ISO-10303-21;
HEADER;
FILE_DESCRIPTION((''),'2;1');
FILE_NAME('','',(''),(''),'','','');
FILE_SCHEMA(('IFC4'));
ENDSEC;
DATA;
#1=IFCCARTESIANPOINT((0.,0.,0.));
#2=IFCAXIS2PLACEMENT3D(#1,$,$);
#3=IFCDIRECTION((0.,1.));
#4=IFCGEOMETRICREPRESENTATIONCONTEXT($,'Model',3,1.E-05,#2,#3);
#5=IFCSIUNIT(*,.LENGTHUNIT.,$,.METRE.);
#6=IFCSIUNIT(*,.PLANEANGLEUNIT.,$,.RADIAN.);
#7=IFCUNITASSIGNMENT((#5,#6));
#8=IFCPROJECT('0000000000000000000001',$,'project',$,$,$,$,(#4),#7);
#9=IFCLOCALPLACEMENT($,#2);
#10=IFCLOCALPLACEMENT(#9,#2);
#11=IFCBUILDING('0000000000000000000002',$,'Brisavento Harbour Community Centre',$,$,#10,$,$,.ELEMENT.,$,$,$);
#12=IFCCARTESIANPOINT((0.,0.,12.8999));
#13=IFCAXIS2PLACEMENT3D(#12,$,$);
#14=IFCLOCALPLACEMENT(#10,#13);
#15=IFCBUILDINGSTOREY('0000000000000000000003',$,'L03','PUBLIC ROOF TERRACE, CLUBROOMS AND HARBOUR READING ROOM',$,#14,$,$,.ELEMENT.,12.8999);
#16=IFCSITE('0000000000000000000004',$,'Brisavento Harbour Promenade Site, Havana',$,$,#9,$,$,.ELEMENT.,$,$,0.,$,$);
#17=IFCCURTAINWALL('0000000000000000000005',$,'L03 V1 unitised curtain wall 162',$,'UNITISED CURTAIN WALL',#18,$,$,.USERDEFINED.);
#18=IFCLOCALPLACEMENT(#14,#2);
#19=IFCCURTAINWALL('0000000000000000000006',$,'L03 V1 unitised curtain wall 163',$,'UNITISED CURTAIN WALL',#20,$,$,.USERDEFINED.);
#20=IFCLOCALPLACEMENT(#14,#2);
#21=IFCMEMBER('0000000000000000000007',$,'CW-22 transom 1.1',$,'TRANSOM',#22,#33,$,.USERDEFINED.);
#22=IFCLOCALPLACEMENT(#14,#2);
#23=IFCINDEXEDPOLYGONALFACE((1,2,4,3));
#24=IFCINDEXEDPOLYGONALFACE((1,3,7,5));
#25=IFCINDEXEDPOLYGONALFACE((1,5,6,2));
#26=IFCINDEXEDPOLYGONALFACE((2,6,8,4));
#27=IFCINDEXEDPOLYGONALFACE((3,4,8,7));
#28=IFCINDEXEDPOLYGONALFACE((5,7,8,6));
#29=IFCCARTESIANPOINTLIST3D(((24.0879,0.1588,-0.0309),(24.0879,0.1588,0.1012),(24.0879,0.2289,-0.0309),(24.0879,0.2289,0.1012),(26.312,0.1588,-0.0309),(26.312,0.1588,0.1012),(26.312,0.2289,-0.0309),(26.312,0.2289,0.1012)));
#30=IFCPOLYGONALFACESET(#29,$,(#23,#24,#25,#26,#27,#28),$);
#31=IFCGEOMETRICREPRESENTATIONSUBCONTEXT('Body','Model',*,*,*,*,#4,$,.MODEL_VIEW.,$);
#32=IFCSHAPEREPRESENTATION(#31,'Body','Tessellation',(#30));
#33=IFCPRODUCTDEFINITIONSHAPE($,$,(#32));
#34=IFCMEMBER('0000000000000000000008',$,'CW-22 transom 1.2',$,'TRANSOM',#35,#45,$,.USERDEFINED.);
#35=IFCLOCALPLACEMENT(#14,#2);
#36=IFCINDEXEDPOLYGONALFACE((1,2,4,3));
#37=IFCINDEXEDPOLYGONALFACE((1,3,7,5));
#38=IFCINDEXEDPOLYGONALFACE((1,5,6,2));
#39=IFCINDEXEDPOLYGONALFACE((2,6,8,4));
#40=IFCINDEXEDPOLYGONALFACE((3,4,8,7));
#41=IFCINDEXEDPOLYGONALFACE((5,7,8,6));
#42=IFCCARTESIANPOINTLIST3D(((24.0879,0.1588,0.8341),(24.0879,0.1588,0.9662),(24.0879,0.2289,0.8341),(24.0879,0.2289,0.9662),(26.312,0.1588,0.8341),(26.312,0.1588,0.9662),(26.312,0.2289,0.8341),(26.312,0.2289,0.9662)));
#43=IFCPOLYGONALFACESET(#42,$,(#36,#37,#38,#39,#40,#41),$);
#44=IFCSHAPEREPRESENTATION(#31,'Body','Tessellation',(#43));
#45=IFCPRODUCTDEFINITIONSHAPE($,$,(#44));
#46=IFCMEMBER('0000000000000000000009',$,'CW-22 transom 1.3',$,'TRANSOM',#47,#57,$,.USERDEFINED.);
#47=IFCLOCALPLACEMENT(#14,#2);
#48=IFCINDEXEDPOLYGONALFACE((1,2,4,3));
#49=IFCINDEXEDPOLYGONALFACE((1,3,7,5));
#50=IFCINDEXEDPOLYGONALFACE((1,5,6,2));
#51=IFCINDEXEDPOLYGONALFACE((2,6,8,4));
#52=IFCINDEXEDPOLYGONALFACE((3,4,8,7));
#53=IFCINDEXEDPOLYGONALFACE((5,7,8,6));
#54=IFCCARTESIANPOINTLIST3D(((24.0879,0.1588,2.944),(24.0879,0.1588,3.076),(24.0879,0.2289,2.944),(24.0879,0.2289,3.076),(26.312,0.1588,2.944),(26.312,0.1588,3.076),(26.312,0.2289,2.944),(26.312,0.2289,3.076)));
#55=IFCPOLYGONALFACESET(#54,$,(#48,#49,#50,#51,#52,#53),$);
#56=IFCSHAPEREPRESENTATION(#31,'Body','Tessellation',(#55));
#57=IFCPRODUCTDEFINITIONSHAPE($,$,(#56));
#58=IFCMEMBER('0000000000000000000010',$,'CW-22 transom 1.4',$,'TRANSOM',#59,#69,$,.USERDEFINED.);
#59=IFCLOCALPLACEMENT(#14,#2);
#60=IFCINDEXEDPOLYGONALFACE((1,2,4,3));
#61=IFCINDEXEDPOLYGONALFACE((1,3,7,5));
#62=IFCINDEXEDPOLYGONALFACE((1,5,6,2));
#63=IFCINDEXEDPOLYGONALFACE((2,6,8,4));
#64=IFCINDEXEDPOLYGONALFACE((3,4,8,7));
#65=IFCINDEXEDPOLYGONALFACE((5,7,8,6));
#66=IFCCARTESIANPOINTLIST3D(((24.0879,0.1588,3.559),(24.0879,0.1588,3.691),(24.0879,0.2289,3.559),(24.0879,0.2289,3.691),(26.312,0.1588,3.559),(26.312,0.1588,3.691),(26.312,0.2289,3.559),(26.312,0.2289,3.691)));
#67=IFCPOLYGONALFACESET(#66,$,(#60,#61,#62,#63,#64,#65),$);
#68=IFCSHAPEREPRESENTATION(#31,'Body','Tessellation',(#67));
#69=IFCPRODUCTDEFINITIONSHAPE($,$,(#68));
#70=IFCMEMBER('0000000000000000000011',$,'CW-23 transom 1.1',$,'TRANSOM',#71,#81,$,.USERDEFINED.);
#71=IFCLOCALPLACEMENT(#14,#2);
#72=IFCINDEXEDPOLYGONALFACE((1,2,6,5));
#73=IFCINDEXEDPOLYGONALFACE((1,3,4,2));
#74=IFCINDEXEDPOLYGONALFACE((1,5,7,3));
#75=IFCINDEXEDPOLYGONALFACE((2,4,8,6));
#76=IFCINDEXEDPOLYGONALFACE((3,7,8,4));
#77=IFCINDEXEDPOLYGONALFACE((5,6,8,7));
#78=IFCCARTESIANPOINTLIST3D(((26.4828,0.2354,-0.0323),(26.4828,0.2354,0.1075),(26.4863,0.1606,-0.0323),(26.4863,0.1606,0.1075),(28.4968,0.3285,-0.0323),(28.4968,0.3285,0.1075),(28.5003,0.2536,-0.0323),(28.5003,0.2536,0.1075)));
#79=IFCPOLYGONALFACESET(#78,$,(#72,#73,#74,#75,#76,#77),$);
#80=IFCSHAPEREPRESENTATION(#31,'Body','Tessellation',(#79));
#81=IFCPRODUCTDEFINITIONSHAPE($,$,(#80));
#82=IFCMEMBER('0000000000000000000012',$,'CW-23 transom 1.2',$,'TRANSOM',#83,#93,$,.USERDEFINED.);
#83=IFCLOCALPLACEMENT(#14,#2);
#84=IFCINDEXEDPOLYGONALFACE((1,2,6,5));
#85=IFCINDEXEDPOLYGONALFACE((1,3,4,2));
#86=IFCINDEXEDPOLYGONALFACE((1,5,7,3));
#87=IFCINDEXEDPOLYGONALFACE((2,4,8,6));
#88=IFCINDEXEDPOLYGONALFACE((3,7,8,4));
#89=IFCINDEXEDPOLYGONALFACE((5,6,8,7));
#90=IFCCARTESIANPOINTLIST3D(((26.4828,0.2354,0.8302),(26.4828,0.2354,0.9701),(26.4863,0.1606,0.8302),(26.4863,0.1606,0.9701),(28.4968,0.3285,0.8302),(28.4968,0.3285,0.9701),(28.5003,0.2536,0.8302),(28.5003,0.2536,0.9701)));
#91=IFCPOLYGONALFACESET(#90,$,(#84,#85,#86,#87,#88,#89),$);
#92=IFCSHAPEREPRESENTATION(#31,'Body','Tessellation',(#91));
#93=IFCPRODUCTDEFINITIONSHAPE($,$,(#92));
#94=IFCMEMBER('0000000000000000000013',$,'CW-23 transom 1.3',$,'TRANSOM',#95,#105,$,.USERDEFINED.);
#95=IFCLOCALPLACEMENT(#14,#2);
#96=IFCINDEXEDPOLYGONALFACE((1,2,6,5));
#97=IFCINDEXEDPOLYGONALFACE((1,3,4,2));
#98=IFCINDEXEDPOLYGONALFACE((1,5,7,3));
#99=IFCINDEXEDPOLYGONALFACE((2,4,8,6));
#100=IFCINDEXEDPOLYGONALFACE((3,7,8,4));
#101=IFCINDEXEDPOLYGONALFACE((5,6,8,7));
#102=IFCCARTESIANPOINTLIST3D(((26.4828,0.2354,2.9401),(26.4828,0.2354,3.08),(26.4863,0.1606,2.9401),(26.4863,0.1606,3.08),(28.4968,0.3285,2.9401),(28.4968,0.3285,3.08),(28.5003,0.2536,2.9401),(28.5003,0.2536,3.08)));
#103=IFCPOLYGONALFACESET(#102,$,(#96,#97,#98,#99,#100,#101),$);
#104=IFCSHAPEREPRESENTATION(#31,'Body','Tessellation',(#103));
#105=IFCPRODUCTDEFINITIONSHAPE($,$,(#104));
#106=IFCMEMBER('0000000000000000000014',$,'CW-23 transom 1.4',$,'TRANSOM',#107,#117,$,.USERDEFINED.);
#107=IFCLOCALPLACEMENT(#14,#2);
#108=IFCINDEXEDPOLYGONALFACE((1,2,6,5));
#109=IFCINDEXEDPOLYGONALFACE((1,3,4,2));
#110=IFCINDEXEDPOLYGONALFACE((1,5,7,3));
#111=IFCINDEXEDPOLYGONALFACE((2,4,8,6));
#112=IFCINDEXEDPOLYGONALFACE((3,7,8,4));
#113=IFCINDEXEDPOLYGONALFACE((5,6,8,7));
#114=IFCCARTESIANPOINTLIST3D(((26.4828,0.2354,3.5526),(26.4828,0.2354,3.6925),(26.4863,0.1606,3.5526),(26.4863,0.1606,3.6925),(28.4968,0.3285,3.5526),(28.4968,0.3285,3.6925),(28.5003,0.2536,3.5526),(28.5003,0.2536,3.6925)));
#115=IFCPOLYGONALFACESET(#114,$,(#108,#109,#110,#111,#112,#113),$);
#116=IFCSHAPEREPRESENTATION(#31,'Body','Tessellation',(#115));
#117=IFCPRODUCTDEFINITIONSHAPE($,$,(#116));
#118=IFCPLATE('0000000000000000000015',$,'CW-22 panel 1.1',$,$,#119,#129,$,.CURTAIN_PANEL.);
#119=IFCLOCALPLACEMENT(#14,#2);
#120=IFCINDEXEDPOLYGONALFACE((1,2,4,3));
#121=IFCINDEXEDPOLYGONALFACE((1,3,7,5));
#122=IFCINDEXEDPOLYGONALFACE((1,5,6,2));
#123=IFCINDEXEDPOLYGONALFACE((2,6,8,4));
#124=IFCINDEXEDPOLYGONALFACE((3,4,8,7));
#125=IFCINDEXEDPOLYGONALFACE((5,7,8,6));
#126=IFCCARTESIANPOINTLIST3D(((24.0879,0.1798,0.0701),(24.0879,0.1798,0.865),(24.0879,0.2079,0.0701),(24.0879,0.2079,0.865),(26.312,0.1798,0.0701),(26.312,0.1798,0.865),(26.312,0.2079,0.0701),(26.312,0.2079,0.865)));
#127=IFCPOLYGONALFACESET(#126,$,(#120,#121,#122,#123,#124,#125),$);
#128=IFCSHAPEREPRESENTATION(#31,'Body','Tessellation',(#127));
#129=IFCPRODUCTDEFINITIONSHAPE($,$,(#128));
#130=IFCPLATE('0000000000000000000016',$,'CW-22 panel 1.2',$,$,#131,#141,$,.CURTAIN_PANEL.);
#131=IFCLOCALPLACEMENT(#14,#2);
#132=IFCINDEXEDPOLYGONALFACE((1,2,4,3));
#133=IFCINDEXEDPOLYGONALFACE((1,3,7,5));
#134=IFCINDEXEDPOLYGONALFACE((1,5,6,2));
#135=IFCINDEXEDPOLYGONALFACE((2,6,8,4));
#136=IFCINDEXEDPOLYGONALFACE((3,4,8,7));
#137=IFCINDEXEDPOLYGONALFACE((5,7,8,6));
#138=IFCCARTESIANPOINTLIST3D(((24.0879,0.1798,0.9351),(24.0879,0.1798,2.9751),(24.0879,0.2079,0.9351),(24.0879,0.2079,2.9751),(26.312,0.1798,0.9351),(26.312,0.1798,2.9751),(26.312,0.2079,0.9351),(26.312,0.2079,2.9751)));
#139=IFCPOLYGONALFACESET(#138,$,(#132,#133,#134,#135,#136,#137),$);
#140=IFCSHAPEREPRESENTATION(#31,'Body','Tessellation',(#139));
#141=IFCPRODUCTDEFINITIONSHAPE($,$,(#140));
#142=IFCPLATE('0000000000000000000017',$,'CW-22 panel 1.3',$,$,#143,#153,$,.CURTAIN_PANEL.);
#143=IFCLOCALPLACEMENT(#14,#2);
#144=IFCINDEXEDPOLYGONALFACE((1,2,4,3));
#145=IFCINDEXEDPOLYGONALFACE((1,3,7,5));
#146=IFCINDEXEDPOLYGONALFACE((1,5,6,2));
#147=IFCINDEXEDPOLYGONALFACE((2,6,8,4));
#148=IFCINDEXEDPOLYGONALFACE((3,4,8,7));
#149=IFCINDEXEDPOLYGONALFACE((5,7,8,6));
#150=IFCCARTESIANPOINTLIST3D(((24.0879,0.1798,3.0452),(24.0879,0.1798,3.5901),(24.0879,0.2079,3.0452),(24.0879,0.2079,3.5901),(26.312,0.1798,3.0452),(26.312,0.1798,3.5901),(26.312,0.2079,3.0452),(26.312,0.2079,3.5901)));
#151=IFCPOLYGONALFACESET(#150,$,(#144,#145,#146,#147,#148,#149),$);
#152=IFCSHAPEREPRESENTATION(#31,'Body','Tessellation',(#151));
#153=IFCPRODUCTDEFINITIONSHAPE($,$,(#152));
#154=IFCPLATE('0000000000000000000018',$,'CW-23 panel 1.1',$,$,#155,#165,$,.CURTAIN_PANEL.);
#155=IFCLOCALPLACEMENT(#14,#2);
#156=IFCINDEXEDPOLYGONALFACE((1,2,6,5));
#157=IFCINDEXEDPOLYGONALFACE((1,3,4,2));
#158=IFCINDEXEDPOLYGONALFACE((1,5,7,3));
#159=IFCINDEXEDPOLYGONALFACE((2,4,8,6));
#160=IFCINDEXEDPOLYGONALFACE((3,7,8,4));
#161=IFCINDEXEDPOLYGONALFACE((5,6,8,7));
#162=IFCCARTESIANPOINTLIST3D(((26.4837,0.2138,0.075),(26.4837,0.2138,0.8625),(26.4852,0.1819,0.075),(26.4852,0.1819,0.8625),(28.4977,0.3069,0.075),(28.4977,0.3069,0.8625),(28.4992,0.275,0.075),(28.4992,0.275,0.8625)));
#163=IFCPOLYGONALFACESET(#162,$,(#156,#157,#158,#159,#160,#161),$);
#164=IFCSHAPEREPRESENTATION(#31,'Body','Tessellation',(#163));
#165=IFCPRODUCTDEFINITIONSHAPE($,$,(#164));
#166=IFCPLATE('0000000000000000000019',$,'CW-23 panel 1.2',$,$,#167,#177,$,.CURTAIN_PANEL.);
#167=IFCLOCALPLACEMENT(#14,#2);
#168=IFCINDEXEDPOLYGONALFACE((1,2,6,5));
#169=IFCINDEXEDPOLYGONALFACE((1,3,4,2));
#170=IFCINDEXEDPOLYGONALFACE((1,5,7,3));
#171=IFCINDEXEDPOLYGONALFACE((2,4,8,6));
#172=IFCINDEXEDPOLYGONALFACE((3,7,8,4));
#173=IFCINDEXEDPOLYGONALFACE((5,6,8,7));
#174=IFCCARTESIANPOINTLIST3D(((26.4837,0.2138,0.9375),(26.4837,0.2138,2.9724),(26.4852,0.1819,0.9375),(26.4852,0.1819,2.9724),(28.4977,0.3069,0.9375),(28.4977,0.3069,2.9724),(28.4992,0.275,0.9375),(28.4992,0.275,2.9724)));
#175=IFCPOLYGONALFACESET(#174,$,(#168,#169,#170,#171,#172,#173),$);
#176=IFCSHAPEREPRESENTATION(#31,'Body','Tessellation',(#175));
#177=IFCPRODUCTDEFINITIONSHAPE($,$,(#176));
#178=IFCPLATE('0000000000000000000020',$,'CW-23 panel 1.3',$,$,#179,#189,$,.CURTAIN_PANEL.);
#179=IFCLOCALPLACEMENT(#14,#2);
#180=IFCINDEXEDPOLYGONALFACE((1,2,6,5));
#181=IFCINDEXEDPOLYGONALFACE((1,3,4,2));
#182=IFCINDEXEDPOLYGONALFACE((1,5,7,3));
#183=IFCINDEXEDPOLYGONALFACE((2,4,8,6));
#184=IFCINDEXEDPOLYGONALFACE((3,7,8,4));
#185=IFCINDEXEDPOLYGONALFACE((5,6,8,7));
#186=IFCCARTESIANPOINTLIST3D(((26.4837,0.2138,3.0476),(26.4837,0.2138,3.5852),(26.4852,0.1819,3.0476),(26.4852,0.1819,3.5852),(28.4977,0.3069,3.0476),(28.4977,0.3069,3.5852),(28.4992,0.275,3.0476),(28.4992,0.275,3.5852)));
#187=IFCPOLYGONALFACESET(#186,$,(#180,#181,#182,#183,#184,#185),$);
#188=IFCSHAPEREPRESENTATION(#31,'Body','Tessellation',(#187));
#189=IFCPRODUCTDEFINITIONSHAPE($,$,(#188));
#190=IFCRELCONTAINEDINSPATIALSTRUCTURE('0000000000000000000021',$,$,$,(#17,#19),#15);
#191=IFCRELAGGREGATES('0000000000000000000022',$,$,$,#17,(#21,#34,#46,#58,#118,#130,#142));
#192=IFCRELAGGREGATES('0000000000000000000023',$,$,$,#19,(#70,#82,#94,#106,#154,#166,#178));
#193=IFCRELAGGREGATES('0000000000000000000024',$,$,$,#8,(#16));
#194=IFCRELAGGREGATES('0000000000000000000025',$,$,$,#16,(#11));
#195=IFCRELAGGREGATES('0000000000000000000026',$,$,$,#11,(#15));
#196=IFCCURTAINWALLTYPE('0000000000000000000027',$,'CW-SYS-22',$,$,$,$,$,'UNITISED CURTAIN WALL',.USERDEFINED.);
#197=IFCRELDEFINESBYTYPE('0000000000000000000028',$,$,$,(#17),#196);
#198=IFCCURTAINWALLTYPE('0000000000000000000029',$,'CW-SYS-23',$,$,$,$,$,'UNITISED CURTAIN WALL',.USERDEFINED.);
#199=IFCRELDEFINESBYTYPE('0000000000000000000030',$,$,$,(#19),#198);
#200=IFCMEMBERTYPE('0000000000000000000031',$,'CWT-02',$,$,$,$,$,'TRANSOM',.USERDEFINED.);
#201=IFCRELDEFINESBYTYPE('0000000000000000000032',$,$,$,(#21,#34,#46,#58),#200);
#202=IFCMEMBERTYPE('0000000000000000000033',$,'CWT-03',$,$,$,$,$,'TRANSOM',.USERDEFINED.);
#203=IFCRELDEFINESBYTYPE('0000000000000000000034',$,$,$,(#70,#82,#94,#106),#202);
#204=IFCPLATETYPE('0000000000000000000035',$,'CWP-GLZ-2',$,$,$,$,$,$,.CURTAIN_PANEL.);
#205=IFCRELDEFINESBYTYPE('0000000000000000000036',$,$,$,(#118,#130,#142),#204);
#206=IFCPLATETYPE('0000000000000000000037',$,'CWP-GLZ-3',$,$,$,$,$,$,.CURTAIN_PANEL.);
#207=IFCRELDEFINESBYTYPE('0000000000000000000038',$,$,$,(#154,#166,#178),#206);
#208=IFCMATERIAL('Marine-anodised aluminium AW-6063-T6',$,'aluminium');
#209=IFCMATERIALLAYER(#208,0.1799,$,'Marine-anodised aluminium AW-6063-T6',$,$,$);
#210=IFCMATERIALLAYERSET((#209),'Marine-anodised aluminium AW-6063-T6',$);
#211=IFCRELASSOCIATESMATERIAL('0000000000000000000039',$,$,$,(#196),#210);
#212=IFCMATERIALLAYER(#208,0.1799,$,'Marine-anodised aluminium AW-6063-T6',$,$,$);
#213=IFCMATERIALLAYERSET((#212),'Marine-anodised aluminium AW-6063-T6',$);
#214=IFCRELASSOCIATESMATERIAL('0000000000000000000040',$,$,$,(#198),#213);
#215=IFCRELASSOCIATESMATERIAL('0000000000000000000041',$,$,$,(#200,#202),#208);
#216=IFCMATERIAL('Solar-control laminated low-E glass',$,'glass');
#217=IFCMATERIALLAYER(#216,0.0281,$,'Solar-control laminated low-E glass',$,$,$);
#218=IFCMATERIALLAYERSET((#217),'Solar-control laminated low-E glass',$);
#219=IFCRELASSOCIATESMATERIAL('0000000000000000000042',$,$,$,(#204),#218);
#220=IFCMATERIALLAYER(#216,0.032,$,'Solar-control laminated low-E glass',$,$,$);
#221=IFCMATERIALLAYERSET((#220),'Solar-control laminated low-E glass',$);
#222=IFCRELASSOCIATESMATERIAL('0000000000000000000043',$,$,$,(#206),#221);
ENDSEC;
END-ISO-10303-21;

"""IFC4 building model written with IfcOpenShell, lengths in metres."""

from ifc_helpers import new_model, si_unit, direction, frame, origin, origin_2d, place, context, subcontext, project, spatial, rectangle, extrude, material, layer, layer_set, material_profile, profile_set, type_object, element, aggregate, save


model = new_model("IFC4")

# Units and contexts
model_context = context("Model", 3, precision=1e-05, world=origin(), true_north=direction((0.0, 1.0)))
body_context = subcontext(model_context, "Body", "Model", "MODEL_VIEW")
ifc_project = project(units=[si_unit("LENGTHUNIT", "METRE"), si_unit("PLANEANGLEUNIT", "RADIAN")], contexts=[model_context])

# Site, building, storey
site_placement = place(None, origin())
site = spatial("IfcSite", under=ifc_project, at=site_placement, Name="Brisavento Harbour Promenade Site, Havana", CompositionType="ELEMENT", RefElevation=0.0)
building_placement = place(site_placement, origin())
building = spatial("IfcBuilding", under=site, at=building_placement, Name="Brisavento Harbour Community Centre", CompositionType="ELEMENT")
storey_placement = place(building_placement, frame((0.0, 0.0, 12.8999)))
storey = spatial("IfcBuildingStorey", under=building, at=storey_placement, Name="L03", Description="PUBLIC ROOF TERRACE, CLUBROOMS AND HARBOUR READING ROOM", CompositionType="ELEMENT", Elevation=12.8999)

# Shared definitions
ifc_material_1 = material(Name="Marine-anodised aluminium AW-6063-T6", Category="aluminium")

# Curtain walls
ifc_layer_1 = layer(ifc_material_1, 0.1799, Name="Marine-anodised aluminium AW-6063-T6")
ifc_layer_set_1 = layer_set([ifc_layer_1], Name="Marine-anodised aluminium AW-6063-T6")
curtain_wall_type_1 = type_object("IfcCurtainWallType", Name="CW-SYS-22", ElementType="UNITISED CURTAIN WALL", PredefinedType="USERDEFINED", material=ifc_layer_set_1)
curtain_wall_1_placement = place(storey_placement, origin())
curtain_wall_1 = element("IfcCurtainWall", 1, at=curtain_wall_1_placement, inside=storey, type_object=curtain_wall_type_1, Name="L03 V1 unitised curtain wall 162", ObjectType="UNITISED CURTAIN WALL", PredefinedType="USERDEFINED")
ifc_layer_2 = layer(ifc_material_1, 0.1799, Name="Marine-anodised aluminium AW-6063-T6")
ifc_layer_set_2 = layer_set([ifc_layer_2], Name="Marine-anodised aluminium AW-6063-T6")
curtain_wall_type_2 = type_object("IfcCurtainWallType", Name="CW-SYS-23", ElementType="UNITISED CURTAIN WALL", PredefinedType="USERDEFINED", material=ifc_layer_set_2)
curtain_wall_2_placement = place(storey_placement, origin())
curtain_wall_2 = element("IfcCurtainWall", 2, at=curtain_wall_2_placement, inside=storey, type_object=curtain_wall_type_2, Name="L03 V1 unitised curtain wall 163", ObjectType="UNITISED CURTAIN WALL", PredefinedType="USERDEFINED")

# Members
ifc_material_profile_1 = material_profile(ifc_material_1, rectangle(XDim=0.0701, YDim=0.1321, at=origin_2d()), Name="Marine-anodised aluminium AW-6063-T6")
ifc_profile_set_1 = profile_set([ifc_material_profile_1], Name="Marine-anodised aluminium AW-6063-T6")
member_type_1 = type_object("IfcMemberType", Name="CWT-02", ElementType="TRANSOM", PredefinedType="USERDEFINED", material=ifc_profile_set_1)
member_1_placement = place(storey_placement, frame((26.312, 0.1938, 0.0352), z_axis=(-1.0, 0.0, 0.0), x_axis=(0.0, -1.0, 0.0)))
member_1 = element("IfcMember", 3, at=member_1_placement, type_object=member_type_1, Name="CW-22 transom 1.1", ObjectType="TRANSOM", PredefinedType="USERDEFINED", context=body_context, shape_type="SweptSolid", body=[
    extrude(rectangle(XDim=0.0701, YDim=0.1321, at=origin_2d()), origin(), (0.0, 0.0, 1.0), 2.2241),
])
member_2_placement = place(storey_placement, frame((26.312, 0.1938, 0.9001), z_axis=(-1.0, 0.0, 0.0), x_axis=(0.0, -1.0, 0.0)))
member_2 = element("IfcMember", 4, at=member_2_placement, type_object=member_type_1, Name="CW-22 transom 1.2", ObjectType="TRANSOM", PredefinedType="USERDEFINED", context=body_context, shape_type="SweptSolid", body=[
    extrude(rectangle(XDim=0.0701, YDim=0.1321, at=origin_2d()), origin(), (0.0, 0.0, 1.0), 2.2241),
])
member_3_placement = place(storey_placement, frame((26.312, 0.1938, 3.01), z_axis=(-1.0, 0.0, 0.0), x_axis=(0.0, -1.0, 0.0)))
member_3 = element("IfcMember", 5, at=member_3_placement, type_object=member_type_1, Name="CW-22 transom 1.3", ObjectType="TRANSOM", PredefinedType="USERDEFINED", context=body_context, shape_type="SweptSolid", body=[
    extrude(rectangle(XDim=0.0701, YDim=0.1321, at=origin_2d()), origin(), (0.0, 0.0, 1.0), 2.2241),
])
member_4_placement = place(storey_placement, frame((26.312, 0.1938, 3.625), z_axis=(-1.0, 0.0, 0.0), x_axis=(0.0, -1.0, 0.0)))
member_4 = element("IfcMember", 6, at=member_4_placement, type_object=member_type_1, Name="CW-22 transom 1.4", ObjectType="TRANSOM", PredefinedType="USERDEFINED", context=body_context, shape_type="SweptSolid", body=[
    extrude(rectangle(XDim=0.0701, YDim=0.1321, at=origin_2d()), origin(), (0.0, 0.0, 1.0), 2.2241),
])
ifc_material_profile_2 = material_profile(ifc_material_1, rectangle(XDim=0.075, YDim=0.1399, at=origin_2d()), Name="Marine-anodised aluminium AW-6063-T6")
ifc_profile_set_2 = profile_set([ifc_material_profile_2], Name="Marine-anodised aluminium AW-6063-T6")
member_type_2 = type_object("IfcMemberType", Name="CWT-03", ElementType="TRANSOM", PredefinedType="USERDEFINED", material=ifc_profile_set_2)
member_5_placement = place(storey_placement, frame((28.4985, 0.291, 0.0376), z_axis=(-0.998935, -0.046138, 0.0), x_axis=(0.046138, -0.998935, 0.0)))
member_5 = element("IfcMember", 7, at=member_5_placement, type_object=member_type_2, Name="CW-23 transom 1.1", ObjectType="TRANSOM", PredefinedType="USERDEFINED", context=body_context, shape_type="SweptSolid", body=[
    extrude(rectangle(XDim=0.075, YDim=0.1399, at=origin_2d()), origin(), (0.0, 0.0, 1.0), 2.0161),
])
member_6_placement = place(storey_placement, frame((28.4985, 0.291, 0.9001), z_axis=(-0.998935, -0.046138, 0.0), x_axis=(0.046138, -0.998935, 0.0)))
member_6 = element("IfcMember", 8, at=member_6_placement, type_object=member_type_2, Name="CW-23 transom 1.2", ObjectType="TRANSOM", PredefinedType="USERDEFINED", context=body_context, shape_type="SweptSolid", body=[
    extrude(rectangle(XDim=0.075, YDim=0.1399, at=origin_2d()), origin(), (0.0, 0.0, 1.0), 2.0161),
])
member_7_placement = place(storey_placement, frame((28.4985, 0.291, 3.01), z_axis=(-0.998935, -0.046138, 0.0), x_axis=(0.046138, -0.998935, 0.0)))
member_7 = element("IfcMember", 9, at=member_7_placement, type_object=member_type_2, Name="CW-23 transom 1.3", ObjectType="TRANSOM", PredefinedType="USERDEFINED", context=body_context, shape_type="SweptSolid", body=[
    extrude(rectangle(XDim=0.075, YDim=0.1399, at=origin_2d()), origin(), (0.0, 0.0, 1.0), 2.0161),
])
member_8_placement = place(storey_placement, frame((28.4985, 0.291, 3.6226), z_axis=(-0.998935, -0.046138, 0.0), x_axis=(0.046138, -0.998935, 0.0)))
member_8 = element("IfcMember", 10, at=member_8_placement, type_object=member_type_2, Name="CW-23 transom 1.4", ObjectType="TRANSOM", PredefinedType="USERDEFINED", context=body_context, shape_type="SweptSolid", body=[
    extrude(rectangle(XDim=0.075, YDim=0.1399, at=origin_2d()), origin(), (0.0, 0.0, 1.0), 2.0161),
])

# Plates
ifc_material_2 = material(Name="Solar-control laminated low-E glass", Category="glass")
ifc_layer_3 = layer(ifc_material_2, 0.0281, Name="Solar-control laminated low-E glass")
ifc_layer_set_3 = layer_set([ifc_layer_3], Name="Solar-control laminated low-E glass")
plate_type_1 = type_object("IfcPlateType", Name="CWP-GLZ-2", PredefinedType="CURTAIN_PANEL", material=ifc_layer_set_3)
plate_1_placement = place(storey_placement, frame((25.2, 0.1938, 0.0701), z_axis=(0.0, 0.0, 1.0), x_axis=(-1.0, 0.0, 0.0)))
plate_1 = element("IfcPlate", 11, at=plate_1_placement, type_object=plate_type_1, Name="CW-22 panel 1.1", PredefinedType="CURTAIN_PANEL", context=body_context, shape_type="SweptSolid", body=[
    extrude(rectangle(XDim=2.2241, YDim=0.0281, at=origin_2d()), origin(), (0.0, 0.0, 1.0), 0.7949),
])
plate_2_placement = place(storey_placement, frame((25.2, 0.1938, 0.9351), z_axis=(0.0, 0.0, 1.0), x_axis=(-1.0, 0.0, 0.0)))
plate_2 = element("IfcPlate", 12, at=plate_2_placement, type_object=plate_type_1, Name="CW-22 panel 1.2", PredefinedType="CURTAIN_PANEL", context=body_context, shape_type="SweptSolid", body=[
    extrude(rectangle(XDim=2.2241, YDim=0.0281, at=origin_2d()), origin(), (0.0, 0.0, 1.0), 2.04),
])
plate_3_placement = place(storey_placement, frame((25.2, 0.1938, 3.0452), z_axis=(0.0, 0.0, 1.0), x_axis=(-1.0, 0.0, 0.0)))
plate_3 = element("IfcPlate", 13, at=plate_3_placement, type_object=plate_type_1, Name="CW-22 panel 1.3", PredefinedType="CURTAIN_PANEL", context=body_context, shape_type="SweptSolid", body=[
    extrude(rectangle(XDim=2.2241, YDim=0.0281, at=origin_2d()), origin(), (0.0, 0.0, 1.0), 0.5449),
])
aggregate(curtain_wall_1, [member_1, member_2, member_3, member_4, plate_1, plate_2, plate_3])
ifc_layer_4 = layer(ifc_material_2, 0.032, Name="Solar-control laminated low-E glass")
ifc_layer_set_4 = layer_set([ifc_layer_4], Name="Solar-control laminated low-E glass")
plate_type_2 = type_object("IfcPlateType", Name="CWP-GLZ-3", PredefinedType="CURTAIN_PANEL", material=ifc_layer_set_4)
plate_4_placement = place(storey_placement, frame((27.4915, 0.2444, 0.075), z_axis=(0.0, 0.0, 1.0), x_axis=(-0.998934, -0.046168, 0.0)))
plate_4 = element("IfcPlate", 14, at=plate_4_placement, type_object=plate_type_2, Name="CW-23 panel 1.1", PredefinedType="CURTAIN_PANEL", context=body_context, shape_type="SweptSolid", body=[
    extrude(rectangle(XDim=2.0161, YDim=0.032, at=origin_2d()), origin(), (0.0, 0.0, 1.0), 0.7876),
])
plate_5_placement = place(storey_placement, frame((27.4915, 0.2444, 0.9375), z_axis=(0.0, 0.0, 1.0), x_axis=(-0.998934, -0.046168, 0.0)))
plate_5 = element("IfcPlate", 15, at=plate_5_placement, type_object=plate_type_2, Name="CW-23 panel 1.2", PredefinedType="CURTAIN_PANEL", context=body_context, shape_type="SweptSolid", body=[
    extrude(rectangle(XDim=2.0161, YDim=0.032, at=origin_2d()), origin(), (0.0, 0.0, 1.0), 2.0349),
])
plate_6_placement = place(storey_placement, frame((27.4915, 0.2444, 3.0476), z_axis=(0.0, 0.0, 1.0), x_axis=(-0.998934, -0.046168, 0.0)))
plate_6 = element("IfcPlate", 16, at=plate_6_placement, type_object=plate_type_2, Name="CW-23 panel 1.3", PredefinedType="CURTAIN_PANEL", context=body_context, shape_type="SweptSolid", body=[
    extrude(rectangle(XDim=2.0161, YDim=0.032, at=origin_2d()), origin(), (0.0, 0.0, 1.0), 0.5376),
])
aggregate(curtain_wall_2, [member_5, member_6, member_7, member_8, plate_4, plate_5, plate_6])

save(model, "model.ifc")
